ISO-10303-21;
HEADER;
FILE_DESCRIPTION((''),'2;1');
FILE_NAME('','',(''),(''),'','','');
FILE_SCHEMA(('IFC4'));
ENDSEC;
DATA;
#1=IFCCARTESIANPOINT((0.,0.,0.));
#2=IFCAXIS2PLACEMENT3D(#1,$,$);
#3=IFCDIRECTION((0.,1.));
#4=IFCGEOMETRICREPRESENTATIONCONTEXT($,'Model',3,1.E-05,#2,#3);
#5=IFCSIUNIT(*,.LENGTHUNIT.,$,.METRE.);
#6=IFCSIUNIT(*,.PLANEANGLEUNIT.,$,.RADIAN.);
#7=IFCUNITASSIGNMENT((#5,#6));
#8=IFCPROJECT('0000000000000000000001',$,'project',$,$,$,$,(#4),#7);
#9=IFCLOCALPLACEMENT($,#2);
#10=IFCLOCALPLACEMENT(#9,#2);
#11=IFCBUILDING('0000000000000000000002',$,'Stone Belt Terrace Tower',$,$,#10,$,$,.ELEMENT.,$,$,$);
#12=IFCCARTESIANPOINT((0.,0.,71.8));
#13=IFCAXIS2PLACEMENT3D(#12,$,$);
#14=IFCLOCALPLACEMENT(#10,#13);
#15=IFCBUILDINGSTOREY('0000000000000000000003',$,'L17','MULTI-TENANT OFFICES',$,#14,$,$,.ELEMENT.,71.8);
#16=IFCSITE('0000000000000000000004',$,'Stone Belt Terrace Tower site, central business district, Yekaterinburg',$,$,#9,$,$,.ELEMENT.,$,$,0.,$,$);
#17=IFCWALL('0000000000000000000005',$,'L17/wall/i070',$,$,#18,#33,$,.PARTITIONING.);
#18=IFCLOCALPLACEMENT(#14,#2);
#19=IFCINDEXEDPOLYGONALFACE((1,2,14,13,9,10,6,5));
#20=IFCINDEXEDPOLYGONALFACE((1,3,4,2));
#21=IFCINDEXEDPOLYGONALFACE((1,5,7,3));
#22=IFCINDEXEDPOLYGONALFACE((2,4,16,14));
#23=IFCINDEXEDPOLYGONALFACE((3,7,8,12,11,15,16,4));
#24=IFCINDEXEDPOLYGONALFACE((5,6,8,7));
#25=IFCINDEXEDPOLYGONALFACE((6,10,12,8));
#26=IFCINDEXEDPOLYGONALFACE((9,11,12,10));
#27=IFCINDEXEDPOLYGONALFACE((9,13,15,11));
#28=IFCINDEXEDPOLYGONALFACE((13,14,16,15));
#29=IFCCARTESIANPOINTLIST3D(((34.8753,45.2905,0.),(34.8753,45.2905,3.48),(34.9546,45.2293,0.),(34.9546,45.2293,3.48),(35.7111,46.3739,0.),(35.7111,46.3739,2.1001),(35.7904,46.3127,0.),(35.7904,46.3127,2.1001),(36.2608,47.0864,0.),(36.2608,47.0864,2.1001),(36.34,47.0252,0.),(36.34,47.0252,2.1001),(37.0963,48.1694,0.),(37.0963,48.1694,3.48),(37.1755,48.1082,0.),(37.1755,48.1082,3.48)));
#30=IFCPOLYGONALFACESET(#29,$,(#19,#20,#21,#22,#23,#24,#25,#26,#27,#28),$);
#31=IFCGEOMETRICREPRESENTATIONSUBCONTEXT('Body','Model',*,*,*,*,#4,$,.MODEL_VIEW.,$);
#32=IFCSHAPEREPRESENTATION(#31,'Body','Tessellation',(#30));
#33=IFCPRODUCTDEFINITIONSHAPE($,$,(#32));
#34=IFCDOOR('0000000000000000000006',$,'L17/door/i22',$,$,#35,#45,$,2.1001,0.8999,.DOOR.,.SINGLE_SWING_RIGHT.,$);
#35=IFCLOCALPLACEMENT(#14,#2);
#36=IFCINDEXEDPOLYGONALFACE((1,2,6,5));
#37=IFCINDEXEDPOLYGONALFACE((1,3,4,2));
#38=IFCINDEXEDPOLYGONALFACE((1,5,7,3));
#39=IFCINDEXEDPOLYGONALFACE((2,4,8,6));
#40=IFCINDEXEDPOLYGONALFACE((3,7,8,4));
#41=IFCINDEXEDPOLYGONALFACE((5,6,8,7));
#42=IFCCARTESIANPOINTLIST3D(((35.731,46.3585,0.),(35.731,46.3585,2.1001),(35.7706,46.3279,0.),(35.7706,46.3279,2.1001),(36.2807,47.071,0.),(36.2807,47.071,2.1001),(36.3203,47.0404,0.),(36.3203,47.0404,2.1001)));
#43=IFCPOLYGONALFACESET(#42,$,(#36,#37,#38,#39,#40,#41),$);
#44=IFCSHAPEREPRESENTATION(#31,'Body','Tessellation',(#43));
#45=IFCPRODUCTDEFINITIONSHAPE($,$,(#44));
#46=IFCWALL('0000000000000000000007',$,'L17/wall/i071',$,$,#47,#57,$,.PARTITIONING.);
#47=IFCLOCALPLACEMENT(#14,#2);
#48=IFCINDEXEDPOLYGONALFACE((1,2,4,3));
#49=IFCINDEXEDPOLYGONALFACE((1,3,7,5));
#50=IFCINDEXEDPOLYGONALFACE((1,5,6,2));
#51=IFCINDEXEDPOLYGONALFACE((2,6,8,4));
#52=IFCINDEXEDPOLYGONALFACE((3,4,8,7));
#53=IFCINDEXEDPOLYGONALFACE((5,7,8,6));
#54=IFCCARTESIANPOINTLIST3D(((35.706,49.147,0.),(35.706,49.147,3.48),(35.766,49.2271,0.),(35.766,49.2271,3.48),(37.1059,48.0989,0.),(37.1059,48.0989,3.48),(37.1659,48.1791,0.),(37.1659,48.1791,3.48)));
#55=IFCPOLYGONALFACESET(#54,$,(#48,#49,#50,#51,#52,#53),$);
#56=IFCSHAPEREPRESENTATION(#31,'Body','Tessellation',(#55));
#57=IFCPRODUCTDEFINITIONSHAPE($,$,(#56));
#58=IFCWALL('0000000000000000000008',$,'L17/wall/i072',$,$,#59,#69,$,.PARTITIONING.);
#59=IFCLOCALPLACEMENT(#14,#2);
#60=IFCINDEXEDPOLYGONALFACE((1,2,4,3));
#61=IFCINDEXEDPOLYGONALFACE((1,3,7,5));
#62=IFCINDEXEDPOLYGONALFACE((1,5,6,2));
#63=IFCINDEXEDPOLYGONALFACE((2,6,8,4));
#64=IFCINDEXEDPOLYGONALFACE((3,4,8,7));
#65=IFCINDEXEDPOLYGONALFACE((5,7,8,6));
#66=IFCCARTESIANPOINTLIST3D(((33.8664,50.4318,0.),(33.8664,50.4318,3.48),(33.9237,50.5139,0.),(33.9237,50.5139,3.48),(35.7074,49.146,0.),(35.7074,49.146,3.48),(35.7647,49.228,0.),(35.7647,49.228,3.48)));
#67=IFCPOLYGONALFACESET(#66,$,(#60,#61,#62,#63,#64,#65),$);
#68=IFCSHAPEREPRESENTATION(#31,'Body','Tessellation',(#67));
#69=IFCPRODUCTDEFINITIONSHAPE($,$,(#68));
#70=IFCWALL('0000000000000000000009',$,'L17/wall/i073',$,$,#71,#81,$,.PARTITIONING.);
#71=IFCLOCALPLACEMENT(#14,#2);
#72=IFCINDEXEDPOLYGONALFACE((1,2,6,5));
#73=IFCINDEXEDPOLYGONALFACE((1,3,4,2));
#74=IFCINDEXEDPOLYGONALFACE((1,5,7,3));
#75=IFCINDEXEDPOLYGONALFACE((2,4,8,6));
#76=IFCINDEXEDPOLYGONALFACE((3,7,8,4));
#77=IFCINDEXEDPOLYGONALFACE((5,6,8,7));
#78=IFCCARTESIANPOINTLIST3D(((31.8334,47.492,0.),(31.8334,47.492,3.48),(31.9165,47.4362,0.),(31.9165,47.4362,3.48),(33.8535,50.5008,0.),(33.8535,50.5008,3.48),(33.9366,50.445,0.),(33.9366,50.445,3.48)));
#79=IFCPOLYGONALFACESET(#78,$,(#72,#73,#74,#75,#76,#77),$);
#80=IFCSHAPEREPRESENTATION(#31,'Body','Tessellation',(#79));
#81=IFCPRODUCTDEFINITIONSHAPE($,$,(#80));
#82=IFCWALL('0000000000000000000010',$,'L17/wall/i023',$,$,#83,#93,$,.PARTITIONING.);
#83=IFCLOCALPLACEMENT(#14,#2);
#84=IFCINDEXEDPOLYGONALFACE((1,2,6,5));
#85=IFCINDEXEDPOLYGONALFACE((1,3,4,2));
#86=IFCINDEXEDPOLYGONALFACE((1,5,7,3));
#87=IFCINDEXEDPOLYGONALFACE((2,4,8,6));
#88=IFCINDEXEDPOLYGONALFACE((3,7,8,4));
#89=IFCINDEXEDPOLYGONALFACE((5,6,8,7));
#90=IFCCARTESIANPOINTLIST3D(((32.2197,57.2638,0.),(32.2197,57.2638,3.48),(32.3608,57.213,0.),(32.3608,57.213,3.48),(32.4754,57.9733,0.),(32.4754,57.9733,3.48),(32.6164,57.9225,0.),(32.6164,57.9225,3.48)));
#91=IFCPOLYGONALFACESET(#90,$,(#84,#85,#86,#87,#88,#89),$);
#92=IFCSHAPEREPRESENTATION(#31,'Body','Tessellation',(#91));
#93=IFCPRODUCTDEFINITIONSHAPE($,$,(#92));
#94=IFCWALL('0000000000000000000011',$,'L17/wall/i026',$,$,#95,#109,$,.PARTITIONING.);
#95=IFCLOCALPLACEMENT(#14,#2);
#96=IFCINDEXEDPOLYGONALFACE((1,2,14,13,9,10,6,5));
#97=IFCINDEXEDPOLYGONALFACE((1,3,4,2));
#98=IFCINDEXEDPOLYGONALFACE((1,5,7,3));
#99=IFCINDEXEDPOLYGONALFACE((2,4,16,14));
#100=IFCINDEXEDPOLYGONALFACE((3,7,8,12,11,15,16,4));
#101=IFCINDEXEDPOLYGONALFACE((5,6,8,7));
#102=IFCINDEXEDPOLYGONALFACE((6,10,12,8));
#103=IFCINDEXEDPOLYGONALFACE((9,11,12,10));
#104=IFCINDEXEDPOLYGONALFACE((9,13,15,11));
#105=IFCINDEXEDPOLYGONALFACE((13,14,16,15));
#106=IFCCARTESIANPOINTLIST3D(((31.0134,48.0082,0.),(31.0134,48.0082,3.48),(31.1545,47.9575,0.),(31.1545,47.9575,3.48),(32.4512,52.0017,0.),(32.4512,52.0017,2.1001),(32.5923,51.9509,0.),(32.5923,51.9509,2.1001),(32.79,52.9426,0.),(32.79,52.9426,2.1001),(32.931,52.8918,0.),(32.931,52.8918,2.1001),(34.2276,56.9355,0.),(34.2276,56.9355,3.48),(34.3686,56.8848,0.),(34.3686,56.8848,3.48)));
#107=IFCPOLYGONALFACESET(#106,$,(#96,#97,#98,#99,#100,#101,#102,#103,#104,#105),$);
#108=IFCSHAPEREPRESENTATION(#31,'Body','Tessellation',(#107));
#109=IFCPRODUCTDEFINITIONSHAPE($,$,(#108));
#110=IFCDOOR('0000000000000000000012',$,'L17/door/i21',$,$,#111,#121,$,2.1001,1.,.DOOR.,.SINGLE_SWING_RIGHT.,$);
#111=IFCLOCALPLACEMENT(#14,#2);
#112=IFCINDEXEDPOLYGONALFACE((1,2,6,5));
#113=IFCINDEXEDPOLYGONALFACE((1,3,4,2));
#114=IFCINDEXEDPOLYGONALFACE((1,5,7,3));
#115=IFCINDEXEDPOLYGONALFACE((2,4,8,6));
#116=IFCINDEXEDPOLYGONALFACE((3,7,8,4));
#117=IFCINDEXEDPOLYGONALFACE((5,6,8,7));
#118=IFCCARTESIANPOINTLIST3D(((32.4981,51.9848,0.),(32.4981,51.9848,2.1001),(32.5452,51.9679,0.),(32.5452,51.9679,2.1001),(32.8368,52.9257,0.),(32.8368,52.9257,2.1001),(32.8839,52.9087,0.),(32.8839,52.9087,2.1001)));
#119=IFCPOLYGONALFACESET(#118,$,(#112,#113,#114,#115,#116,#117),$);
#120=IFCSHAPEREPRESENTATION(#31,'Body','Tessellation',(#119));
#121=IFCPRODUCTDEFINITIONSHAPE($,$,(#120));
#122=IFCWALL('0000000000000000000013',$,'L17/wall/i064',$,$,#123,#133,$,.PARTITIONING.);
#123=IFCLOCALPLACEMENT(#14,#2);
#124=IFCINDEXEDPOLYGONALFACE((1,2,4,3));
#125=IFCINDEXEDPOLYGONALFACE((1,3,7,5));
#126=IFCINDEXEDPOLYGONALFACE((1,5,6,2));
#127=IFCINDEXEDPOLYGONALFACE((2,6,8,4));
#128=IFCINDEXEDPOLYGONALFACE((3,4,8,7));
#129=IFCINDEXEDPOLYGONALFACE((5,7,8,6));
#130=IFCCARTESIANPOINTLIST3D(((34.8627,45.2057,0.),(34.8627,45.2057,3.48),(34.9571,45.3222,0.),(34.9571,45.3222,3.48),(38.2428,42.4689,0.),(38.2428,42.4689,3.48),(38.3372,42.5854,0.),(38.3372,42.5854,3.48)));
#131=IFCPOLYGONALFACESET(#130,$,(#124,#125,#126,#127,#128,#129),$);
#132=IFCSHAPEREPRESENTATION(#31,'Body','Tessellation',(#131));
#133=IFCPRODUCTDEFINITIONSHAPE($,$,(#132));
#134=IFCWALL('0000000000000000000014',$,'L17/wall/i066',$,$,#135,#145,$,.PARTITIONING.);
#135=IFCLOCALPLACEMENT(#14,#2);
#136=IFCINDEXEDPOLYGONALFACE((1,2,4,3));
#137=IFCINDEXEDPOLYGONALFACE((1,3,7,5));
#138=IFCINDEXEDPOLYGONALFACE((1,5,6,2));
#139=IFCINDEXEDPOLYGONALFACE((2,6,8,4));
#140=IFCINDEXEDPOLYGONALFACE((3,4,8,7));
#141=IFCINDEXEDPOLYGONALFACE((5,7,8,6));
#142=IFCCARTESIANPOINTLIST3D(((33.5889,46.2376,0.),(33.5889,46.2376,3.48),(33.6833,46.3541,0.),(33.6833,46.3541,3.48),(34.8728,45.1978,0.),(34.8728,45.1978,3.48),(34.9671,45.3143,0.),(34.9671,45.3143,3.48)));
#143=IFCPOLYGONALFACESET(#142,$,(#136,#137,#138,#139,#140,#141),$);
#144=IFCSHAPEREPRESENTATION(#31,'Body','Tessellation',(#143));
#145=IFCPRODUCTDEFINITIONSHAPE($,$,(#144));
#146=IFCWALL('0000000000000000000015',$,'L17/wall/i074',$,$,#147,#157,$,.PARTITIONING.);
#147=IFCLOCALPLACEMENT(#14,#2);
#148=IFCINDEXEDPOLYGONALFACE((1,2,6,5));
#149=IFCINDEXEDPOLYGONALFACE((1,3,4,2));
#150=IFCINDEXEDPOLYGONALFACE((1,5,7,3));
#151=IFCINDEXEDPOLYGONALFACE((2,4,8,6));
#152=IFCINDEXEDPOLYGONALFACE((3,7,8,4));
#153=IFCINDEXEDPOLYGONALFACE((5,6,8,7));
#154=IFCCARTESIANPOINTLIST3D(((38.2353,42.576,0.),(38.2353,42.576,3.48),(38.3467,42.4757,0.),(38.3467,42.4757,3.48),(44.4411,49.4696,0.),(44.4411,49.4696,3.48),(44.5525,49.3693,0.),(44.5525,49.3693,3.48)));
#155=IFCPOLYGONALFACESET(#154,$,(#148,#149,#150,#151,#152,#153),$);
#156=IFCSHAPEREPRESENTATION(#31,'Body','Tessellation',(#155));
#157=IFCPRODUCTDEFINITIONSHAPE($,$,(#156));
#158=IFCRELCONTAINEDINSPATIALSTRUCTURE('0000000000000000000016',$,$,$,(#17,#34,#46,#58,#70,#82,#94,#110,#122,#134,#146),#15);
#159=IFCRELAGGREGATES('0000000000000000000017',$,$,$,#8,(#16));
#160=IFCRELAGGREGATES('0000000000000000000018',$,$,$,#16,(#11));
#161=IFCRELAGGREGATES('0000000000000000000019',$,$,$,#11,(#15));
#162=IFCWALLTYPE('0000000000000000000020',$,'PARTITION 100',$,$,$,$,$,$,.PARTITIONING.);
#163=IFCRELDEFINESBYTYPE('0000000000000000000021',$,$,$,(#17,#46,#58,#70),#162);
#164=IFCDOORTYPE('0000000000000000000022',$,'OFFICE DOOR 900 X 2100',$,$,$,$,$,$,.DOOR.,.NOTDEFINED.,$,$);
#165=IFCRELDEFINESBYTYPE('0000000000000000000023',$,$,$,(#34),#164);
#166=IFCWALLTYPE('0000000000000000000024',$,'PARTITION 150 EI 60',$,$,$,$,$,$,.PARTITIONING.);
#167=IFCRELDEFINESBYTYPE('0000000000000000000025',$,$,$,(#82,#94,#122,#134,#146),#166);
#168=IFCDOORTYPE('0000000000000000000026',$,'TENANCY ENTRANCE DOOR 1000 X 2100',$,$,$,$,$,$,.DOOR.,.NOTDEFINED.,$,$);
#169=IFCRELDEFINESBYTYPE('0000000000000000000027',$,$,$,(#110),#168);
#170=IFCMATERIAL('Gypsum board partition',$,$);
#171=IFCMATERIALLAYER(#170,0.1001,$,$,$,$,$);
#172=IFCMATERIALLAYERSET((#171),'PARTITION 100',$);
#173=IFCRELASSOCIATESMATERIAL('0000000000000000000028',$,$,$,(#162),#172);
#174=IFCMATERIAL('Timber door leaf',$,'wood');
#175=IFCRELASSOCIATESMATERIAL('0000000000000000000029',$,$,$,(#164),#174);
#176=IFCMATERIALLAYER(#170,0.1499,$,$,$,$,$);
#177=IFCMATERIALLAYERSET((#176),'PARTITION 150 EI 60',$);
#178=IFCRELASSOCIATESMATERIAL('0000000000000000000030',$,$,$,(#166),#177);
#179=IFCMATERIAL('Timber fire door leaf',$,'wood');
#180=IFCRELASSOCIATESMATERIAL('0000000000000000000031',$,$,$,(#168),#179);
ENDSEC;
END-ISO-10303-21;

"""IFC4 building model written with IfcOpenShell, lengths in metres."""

from ifc_helpers import new_model, si_unit, direction, frame, frame_2d, origin, place, context, subcontext, project, spatial, rectangle, extrude, material, layer, layer_set, type_object, element, fill, save


model = new_model("IFC4")

# Units and contexts
model_context = context("Model", 3, precision=1e-05, world=origin(), true_north=direction((0.0, 1.0)))
body_context = subcontext(model_context, "Body", "Model", "MODEL_VIEW")
ifc_project = project(units=[si_unit("LENGTHUNIT", "METRE"), si_unit("PLANEANGLEUNIT", "RADIAN")], contexts=[model_context])

# Site, building, storey
site_placement = place(None, origin())
site = spatial("IfcSite", under=ifc_project, at=site_placement, Name="Stone Belt Terrace Tower site, central business district, Yekaterinburg", CompositionType="ELEMENT", RefElevation=0.0)
building_placement = place(site_placement, origin())
building = spatial("IfcBuilding", under=site, at=building_placement, Name="Stone Belt Terrace Tower", CompositionType="ELEMENT")
storey_placement = place(building_placement, frame((0.0, 0.0, 71.8)))
storey = spatial("IfcBuildingStorey", under=building, at=storey_placement, Name="L17", Description="MULTI-TENANT OFFICES", CompositionType="ELEMENT", Elevation=71.8)

# Wall, opening, door
ifc_material_1 = material(Name="Gypsum board partition")
ifc_layer_1 = layer(ifc_material_1, 0.1001)
ifc_layer_set_1 = layer_set([ifc_layer_1], Name="PARTITION 100")
wall_type_1 = type_object("IfcWallType", Name="PARTITION 100", PredefinedType="PARTITIONING", material=ifc_layer_set_1)
wall_1_placement = place(storey_placement, frame((34.915, 45.26, 0.0), z_axis=(0.0, 0.0, 1.0), x_axis=(0.610817, 0.791772, 0.0)))
wall_1 = element("IfcWall", 1, at=wall_1_placement, inside=storey, type_object=wall_type_1, Name="L17/wall/i070", PredefinedType="PARTITIONING", context=body_context, shape_type="SweptSolid", body=[
    extrude(rectangle(XDim=3.636, YDim=0.1001, at=frame_2d((1.8179, 0.0))), origin(), (0.0, 0.0, 1.0), 3.48),
])
opening_1_placement = place(wall_1_placement, frame((1.3682, 0.0, 0.0)))
opening_1 = element("IfcOpeningElement", 2, at=opening_1_placement, cuts=wall_1, PredefinedType="OPENING", context=body_context, shape_type="SweptSolid", body=[
    extrude(rectangle(XDim=0.8999, YDim=2.1001, at=frame_2d((0.45, 1.05))), frame((0.0, 0.0601, 0.0), z_axis=(0.0, -1.0, 0.0), x_axis=(1.0, 0.0, 0.0)), (0.0, 0.0, 1.0), 0.1201),
])
ifc_material_2 = material(Name="Timber door leaf", Category="wood")
door_type_1 = type_object("IfcDoorType", Name="OFFICE DOOR 900 X 2100", OperationType="NOTDEFINED", PredefinedType="DOOR", material=ifc_material_2)
door_1_placement = place(opening_1_placement, origin())
door_1 = element("IfcDoor", 3, at=door_1_placement, inside=storey, type_object=door_type_1, Name="L17/door/i22", OperationType="SINGLE_SWING_RIGHT", OverallHeight=2.1001, OverallWidth=0.8999, PredefinedType="DOOR", context=body_context, shape_type="SweptSolid", body=[
    extrude(rectangle(XDim=0.8999, YDim=2.1001, at=frame_2d((0.45, 1.05))), frame((0.0, 0.0249, 0.0), z_axis=(0.0, -1.0, 0.0), x_axis=(1.0, 0.0, 0.0)), (0.0, 0.0, 1.0), 0.05),
])
fill(opening_1, door_1)

# Walls
wall_2_placement = place(storey_placement, frame((37.136, 48.1389, 0.0), z_axis=(0.0, 0.0, 1.0), x_axis=(-0.800502, 0.59933, 0.0)))
element("IfcWall", 4, at=wall_2_placement, inside=storey, type_object=wall_type_1, Name="L17/wall/i071", PredefinedType="PARTITIONING", context=body_context, shape_type="SweptSolid", body=[
    extrude(rectangle(XDim=1.7488, YDim=0.1001, at=frame_2d((0.8745, 0.0))), origin(), (0.0, 0.0, 1.0), 3.48),
])
wall_3_placement = place(storey_placement, frame((35.7361, 49.187, 0.0), z_axis=(0.0, 0.0, 1.0), x_axis=(-0.819829, 0.572608, 0.0)))
element("IfcWall", 5, at=wall_3_placement, inside=storey, type_object=wall_type_1, Name="L17/wall/i072", PredefinedType="PARTITIONING", context=body_context, shape_type="SweptSolid", body=[
    extrude(rectangle(XDim=2.2456, YDim=0.1001, at=frame_2d((1.1228, 0.0))), origin(), (0.0, 0.0, 1.0), 3.48),
])
wall_4_placement = place(storey_placement, frame((33.895, 50.4729, 0.0), z_axis=(0.0, 0.0, 1.0), x_axis=(-0.557402, -0.830243, 0.0)))
element("IfcWall", 6, at=wall_4_placement, inside=storey, type_object=wall_type_1, Name="L17/wall/i073", PredefinedType="PARTITIONING", context=body_context, shape_type="SweptSolid", body=[
    extrude(rectangle(XDim=3.624, YDim=0.1001, at=frame_2d((1.812, 0.0))), origin(), (0.0, 0.0, 1.0), 3.48),
])
ifc_layer_2 = layer(ifc_material_1, 0.1499)
ifc_layer_set_2 = layer_set([ifc_layer_2], Name="PARTITION 150 EI 60")
wall_type_2 = type_object("IfcWallType", Name="PARTITION 150 EI 60", PredefinedType="PARTITIONING", material=ifc_layer_set_2)
wall_5_placement = place(storey_placement, frame((32.2903, 57.2385, 0.0), z_axis=(0.0, 0.0, 1.0), x_axis=(0.33896, 0.940801, 0.0)))
element("IfcWall", 7, at=wall_5_placement, inside=storey, type_object=wall_type_2, Name="L17/wall/i023", PredefinedType="PARTITIONING", context=body_context, shape_type="SweptSolid", body=[
    extrude(rectangle(XDim=0.7542, YDim=0.1499, at=frame_2d((0.377, 0.0))), origin(), (0.0, 0.0, 1.0), 3.48),
])

# Wall, opening, door
wall_6_placement = place(storey_placement, frame((34.2981, 56.9102, 0.0), z_axis=(0.0, 0.0, 1.0), x_axis=(-0.338748, -0.940877, 0.0)))
wall_6 = element("IfcWall", 8, at=wall_6_placement, inside=storey, type_object=wall_type_2, Name="L17/wall/i026", PredefinedType="PARTITIONING", context=body_context, shape_type="SweptSolid", body=[
    extrude(rectangle(XDim=9.4883, YDim=0.1499, at=frame_2d((4.7441, 0.0))), origin(), (0.0, 0.0, 1.0), 3.48),
])
opening_2_placement = place(wall_6_placement, frame((4.2439, 0.0, 0.0)))
opening_2 = element("IfcOpeningElement", 9, at=opening_2_placement, cuts=wall_6, PredefinedType="OPENING", context=body_context, shape_type="SweptSolid", body=[
    extrude(rectangle(XDim=1.0, YDim=2.1001, at=frame_2d((0.5, 1.05))), frame((0.0, 0.085, 0.0), z_axis=(0.0, -1.0, 0.0), x_axis=(1.0, 0.0, 0.0)), (0.0, 0.0, 1.0), 0.1699),
])
ifc_material_3 = material(Name="Timber fire door leaf", Category="wood")
door_type_2 = type_object("IfcDoorType", Name="TENANCY ENTRANCE DOOR 1000 X 2100", OperationType="NOTDEFINED", PredefinedType="DOOR", material=ifc_material_3)
door_2_placement = place(opening_2_placement, origin())
door_2 = element("IfcDoor", 10, at=door_2_placement, inside=storey, type_object=door_type_2, Name="L17/door/i21", OperationType="SINGLE_SWING_RIGHT", OverallHeight=2.1001, OverallWidth=1.0, PredefinedType="DOOR", context=body_context, shape_type="SweptSolid", body=[
    extrude(rectangle(XDim=1.0, YDim=2.1001, at=frame_2d((0.5, 1.05))), frame((0.0, 0.0249, 0.0), z_axis=(0.0, -1.0, 0.0), x_axis=(1.0, 0.0, 0.0)), (0.0, 0.0, 1.0), 0.05),
])
fill(opening_2, door_2)

# Walls
wall_7_placement = place(storey_placement, frame((34.9099, 45.2639, 0.0), z_axis=(0.0, 0.0, 1.0), x_axis=(0.777186, -0.629271, 0.0)))
element("IfcWall", 11, at=wall_7_placement, inside=storey, type_object=wall_type_2, Name="L17/wall/i064", PredefinedType="PARTITIONING", context=body_context, shape_type="SweptSolid", body=[
    extrude(rectangle(XDim=4.3491, YDim=0.1499, at=frame_2d((2.1746, 0.0))), origin(), (0.0, 0.0, 1.0), 3.48),
])
wall_8_placement = place(storey_placement, frame((33.636, 46.2959, 0.0), z_axis=(0.0, 0.0, 1.0), x_axis=(0.777121, -0.629351, 0.0)))
element("IfcWall", 12, at=wall_8_placement, inside=storey, type_object=wall_type_2, Name="L17/wall/i066", PredefinedType="PARTITIONING", context=body_context, shape_type="SweptSolid", body=[
    extrude(rectangle(XDim=1.6521, YDim=0.1499, at=frame_2d((0.8262, 0.0))), origin(), (0.0, 0.0, 1.0), 3.48),
])
wall_9_placement = place(storey_placement, frame((44.4968, 49.4194, 0.0), z_axis=(0.0, 0.0, 1.0), x_axis=(-0.669061, -0.743208, 0.0)))
element("IfcWall", 13, at=wall_9_placement, inside=storey, type_object=wall_type_2, Name="L17/wall/i074", PredefinedType="PARTITIONING", context=body_context, shape_type="SweptSolid", body=[
    extrude(rectangle(XDim=9.2754, YDim=0.1499, at=frame_2d((4.6377, 0.0))), origin(), (0.0, 0.0, 1.0), 3.48),
])

save(model, "model.ifc")
